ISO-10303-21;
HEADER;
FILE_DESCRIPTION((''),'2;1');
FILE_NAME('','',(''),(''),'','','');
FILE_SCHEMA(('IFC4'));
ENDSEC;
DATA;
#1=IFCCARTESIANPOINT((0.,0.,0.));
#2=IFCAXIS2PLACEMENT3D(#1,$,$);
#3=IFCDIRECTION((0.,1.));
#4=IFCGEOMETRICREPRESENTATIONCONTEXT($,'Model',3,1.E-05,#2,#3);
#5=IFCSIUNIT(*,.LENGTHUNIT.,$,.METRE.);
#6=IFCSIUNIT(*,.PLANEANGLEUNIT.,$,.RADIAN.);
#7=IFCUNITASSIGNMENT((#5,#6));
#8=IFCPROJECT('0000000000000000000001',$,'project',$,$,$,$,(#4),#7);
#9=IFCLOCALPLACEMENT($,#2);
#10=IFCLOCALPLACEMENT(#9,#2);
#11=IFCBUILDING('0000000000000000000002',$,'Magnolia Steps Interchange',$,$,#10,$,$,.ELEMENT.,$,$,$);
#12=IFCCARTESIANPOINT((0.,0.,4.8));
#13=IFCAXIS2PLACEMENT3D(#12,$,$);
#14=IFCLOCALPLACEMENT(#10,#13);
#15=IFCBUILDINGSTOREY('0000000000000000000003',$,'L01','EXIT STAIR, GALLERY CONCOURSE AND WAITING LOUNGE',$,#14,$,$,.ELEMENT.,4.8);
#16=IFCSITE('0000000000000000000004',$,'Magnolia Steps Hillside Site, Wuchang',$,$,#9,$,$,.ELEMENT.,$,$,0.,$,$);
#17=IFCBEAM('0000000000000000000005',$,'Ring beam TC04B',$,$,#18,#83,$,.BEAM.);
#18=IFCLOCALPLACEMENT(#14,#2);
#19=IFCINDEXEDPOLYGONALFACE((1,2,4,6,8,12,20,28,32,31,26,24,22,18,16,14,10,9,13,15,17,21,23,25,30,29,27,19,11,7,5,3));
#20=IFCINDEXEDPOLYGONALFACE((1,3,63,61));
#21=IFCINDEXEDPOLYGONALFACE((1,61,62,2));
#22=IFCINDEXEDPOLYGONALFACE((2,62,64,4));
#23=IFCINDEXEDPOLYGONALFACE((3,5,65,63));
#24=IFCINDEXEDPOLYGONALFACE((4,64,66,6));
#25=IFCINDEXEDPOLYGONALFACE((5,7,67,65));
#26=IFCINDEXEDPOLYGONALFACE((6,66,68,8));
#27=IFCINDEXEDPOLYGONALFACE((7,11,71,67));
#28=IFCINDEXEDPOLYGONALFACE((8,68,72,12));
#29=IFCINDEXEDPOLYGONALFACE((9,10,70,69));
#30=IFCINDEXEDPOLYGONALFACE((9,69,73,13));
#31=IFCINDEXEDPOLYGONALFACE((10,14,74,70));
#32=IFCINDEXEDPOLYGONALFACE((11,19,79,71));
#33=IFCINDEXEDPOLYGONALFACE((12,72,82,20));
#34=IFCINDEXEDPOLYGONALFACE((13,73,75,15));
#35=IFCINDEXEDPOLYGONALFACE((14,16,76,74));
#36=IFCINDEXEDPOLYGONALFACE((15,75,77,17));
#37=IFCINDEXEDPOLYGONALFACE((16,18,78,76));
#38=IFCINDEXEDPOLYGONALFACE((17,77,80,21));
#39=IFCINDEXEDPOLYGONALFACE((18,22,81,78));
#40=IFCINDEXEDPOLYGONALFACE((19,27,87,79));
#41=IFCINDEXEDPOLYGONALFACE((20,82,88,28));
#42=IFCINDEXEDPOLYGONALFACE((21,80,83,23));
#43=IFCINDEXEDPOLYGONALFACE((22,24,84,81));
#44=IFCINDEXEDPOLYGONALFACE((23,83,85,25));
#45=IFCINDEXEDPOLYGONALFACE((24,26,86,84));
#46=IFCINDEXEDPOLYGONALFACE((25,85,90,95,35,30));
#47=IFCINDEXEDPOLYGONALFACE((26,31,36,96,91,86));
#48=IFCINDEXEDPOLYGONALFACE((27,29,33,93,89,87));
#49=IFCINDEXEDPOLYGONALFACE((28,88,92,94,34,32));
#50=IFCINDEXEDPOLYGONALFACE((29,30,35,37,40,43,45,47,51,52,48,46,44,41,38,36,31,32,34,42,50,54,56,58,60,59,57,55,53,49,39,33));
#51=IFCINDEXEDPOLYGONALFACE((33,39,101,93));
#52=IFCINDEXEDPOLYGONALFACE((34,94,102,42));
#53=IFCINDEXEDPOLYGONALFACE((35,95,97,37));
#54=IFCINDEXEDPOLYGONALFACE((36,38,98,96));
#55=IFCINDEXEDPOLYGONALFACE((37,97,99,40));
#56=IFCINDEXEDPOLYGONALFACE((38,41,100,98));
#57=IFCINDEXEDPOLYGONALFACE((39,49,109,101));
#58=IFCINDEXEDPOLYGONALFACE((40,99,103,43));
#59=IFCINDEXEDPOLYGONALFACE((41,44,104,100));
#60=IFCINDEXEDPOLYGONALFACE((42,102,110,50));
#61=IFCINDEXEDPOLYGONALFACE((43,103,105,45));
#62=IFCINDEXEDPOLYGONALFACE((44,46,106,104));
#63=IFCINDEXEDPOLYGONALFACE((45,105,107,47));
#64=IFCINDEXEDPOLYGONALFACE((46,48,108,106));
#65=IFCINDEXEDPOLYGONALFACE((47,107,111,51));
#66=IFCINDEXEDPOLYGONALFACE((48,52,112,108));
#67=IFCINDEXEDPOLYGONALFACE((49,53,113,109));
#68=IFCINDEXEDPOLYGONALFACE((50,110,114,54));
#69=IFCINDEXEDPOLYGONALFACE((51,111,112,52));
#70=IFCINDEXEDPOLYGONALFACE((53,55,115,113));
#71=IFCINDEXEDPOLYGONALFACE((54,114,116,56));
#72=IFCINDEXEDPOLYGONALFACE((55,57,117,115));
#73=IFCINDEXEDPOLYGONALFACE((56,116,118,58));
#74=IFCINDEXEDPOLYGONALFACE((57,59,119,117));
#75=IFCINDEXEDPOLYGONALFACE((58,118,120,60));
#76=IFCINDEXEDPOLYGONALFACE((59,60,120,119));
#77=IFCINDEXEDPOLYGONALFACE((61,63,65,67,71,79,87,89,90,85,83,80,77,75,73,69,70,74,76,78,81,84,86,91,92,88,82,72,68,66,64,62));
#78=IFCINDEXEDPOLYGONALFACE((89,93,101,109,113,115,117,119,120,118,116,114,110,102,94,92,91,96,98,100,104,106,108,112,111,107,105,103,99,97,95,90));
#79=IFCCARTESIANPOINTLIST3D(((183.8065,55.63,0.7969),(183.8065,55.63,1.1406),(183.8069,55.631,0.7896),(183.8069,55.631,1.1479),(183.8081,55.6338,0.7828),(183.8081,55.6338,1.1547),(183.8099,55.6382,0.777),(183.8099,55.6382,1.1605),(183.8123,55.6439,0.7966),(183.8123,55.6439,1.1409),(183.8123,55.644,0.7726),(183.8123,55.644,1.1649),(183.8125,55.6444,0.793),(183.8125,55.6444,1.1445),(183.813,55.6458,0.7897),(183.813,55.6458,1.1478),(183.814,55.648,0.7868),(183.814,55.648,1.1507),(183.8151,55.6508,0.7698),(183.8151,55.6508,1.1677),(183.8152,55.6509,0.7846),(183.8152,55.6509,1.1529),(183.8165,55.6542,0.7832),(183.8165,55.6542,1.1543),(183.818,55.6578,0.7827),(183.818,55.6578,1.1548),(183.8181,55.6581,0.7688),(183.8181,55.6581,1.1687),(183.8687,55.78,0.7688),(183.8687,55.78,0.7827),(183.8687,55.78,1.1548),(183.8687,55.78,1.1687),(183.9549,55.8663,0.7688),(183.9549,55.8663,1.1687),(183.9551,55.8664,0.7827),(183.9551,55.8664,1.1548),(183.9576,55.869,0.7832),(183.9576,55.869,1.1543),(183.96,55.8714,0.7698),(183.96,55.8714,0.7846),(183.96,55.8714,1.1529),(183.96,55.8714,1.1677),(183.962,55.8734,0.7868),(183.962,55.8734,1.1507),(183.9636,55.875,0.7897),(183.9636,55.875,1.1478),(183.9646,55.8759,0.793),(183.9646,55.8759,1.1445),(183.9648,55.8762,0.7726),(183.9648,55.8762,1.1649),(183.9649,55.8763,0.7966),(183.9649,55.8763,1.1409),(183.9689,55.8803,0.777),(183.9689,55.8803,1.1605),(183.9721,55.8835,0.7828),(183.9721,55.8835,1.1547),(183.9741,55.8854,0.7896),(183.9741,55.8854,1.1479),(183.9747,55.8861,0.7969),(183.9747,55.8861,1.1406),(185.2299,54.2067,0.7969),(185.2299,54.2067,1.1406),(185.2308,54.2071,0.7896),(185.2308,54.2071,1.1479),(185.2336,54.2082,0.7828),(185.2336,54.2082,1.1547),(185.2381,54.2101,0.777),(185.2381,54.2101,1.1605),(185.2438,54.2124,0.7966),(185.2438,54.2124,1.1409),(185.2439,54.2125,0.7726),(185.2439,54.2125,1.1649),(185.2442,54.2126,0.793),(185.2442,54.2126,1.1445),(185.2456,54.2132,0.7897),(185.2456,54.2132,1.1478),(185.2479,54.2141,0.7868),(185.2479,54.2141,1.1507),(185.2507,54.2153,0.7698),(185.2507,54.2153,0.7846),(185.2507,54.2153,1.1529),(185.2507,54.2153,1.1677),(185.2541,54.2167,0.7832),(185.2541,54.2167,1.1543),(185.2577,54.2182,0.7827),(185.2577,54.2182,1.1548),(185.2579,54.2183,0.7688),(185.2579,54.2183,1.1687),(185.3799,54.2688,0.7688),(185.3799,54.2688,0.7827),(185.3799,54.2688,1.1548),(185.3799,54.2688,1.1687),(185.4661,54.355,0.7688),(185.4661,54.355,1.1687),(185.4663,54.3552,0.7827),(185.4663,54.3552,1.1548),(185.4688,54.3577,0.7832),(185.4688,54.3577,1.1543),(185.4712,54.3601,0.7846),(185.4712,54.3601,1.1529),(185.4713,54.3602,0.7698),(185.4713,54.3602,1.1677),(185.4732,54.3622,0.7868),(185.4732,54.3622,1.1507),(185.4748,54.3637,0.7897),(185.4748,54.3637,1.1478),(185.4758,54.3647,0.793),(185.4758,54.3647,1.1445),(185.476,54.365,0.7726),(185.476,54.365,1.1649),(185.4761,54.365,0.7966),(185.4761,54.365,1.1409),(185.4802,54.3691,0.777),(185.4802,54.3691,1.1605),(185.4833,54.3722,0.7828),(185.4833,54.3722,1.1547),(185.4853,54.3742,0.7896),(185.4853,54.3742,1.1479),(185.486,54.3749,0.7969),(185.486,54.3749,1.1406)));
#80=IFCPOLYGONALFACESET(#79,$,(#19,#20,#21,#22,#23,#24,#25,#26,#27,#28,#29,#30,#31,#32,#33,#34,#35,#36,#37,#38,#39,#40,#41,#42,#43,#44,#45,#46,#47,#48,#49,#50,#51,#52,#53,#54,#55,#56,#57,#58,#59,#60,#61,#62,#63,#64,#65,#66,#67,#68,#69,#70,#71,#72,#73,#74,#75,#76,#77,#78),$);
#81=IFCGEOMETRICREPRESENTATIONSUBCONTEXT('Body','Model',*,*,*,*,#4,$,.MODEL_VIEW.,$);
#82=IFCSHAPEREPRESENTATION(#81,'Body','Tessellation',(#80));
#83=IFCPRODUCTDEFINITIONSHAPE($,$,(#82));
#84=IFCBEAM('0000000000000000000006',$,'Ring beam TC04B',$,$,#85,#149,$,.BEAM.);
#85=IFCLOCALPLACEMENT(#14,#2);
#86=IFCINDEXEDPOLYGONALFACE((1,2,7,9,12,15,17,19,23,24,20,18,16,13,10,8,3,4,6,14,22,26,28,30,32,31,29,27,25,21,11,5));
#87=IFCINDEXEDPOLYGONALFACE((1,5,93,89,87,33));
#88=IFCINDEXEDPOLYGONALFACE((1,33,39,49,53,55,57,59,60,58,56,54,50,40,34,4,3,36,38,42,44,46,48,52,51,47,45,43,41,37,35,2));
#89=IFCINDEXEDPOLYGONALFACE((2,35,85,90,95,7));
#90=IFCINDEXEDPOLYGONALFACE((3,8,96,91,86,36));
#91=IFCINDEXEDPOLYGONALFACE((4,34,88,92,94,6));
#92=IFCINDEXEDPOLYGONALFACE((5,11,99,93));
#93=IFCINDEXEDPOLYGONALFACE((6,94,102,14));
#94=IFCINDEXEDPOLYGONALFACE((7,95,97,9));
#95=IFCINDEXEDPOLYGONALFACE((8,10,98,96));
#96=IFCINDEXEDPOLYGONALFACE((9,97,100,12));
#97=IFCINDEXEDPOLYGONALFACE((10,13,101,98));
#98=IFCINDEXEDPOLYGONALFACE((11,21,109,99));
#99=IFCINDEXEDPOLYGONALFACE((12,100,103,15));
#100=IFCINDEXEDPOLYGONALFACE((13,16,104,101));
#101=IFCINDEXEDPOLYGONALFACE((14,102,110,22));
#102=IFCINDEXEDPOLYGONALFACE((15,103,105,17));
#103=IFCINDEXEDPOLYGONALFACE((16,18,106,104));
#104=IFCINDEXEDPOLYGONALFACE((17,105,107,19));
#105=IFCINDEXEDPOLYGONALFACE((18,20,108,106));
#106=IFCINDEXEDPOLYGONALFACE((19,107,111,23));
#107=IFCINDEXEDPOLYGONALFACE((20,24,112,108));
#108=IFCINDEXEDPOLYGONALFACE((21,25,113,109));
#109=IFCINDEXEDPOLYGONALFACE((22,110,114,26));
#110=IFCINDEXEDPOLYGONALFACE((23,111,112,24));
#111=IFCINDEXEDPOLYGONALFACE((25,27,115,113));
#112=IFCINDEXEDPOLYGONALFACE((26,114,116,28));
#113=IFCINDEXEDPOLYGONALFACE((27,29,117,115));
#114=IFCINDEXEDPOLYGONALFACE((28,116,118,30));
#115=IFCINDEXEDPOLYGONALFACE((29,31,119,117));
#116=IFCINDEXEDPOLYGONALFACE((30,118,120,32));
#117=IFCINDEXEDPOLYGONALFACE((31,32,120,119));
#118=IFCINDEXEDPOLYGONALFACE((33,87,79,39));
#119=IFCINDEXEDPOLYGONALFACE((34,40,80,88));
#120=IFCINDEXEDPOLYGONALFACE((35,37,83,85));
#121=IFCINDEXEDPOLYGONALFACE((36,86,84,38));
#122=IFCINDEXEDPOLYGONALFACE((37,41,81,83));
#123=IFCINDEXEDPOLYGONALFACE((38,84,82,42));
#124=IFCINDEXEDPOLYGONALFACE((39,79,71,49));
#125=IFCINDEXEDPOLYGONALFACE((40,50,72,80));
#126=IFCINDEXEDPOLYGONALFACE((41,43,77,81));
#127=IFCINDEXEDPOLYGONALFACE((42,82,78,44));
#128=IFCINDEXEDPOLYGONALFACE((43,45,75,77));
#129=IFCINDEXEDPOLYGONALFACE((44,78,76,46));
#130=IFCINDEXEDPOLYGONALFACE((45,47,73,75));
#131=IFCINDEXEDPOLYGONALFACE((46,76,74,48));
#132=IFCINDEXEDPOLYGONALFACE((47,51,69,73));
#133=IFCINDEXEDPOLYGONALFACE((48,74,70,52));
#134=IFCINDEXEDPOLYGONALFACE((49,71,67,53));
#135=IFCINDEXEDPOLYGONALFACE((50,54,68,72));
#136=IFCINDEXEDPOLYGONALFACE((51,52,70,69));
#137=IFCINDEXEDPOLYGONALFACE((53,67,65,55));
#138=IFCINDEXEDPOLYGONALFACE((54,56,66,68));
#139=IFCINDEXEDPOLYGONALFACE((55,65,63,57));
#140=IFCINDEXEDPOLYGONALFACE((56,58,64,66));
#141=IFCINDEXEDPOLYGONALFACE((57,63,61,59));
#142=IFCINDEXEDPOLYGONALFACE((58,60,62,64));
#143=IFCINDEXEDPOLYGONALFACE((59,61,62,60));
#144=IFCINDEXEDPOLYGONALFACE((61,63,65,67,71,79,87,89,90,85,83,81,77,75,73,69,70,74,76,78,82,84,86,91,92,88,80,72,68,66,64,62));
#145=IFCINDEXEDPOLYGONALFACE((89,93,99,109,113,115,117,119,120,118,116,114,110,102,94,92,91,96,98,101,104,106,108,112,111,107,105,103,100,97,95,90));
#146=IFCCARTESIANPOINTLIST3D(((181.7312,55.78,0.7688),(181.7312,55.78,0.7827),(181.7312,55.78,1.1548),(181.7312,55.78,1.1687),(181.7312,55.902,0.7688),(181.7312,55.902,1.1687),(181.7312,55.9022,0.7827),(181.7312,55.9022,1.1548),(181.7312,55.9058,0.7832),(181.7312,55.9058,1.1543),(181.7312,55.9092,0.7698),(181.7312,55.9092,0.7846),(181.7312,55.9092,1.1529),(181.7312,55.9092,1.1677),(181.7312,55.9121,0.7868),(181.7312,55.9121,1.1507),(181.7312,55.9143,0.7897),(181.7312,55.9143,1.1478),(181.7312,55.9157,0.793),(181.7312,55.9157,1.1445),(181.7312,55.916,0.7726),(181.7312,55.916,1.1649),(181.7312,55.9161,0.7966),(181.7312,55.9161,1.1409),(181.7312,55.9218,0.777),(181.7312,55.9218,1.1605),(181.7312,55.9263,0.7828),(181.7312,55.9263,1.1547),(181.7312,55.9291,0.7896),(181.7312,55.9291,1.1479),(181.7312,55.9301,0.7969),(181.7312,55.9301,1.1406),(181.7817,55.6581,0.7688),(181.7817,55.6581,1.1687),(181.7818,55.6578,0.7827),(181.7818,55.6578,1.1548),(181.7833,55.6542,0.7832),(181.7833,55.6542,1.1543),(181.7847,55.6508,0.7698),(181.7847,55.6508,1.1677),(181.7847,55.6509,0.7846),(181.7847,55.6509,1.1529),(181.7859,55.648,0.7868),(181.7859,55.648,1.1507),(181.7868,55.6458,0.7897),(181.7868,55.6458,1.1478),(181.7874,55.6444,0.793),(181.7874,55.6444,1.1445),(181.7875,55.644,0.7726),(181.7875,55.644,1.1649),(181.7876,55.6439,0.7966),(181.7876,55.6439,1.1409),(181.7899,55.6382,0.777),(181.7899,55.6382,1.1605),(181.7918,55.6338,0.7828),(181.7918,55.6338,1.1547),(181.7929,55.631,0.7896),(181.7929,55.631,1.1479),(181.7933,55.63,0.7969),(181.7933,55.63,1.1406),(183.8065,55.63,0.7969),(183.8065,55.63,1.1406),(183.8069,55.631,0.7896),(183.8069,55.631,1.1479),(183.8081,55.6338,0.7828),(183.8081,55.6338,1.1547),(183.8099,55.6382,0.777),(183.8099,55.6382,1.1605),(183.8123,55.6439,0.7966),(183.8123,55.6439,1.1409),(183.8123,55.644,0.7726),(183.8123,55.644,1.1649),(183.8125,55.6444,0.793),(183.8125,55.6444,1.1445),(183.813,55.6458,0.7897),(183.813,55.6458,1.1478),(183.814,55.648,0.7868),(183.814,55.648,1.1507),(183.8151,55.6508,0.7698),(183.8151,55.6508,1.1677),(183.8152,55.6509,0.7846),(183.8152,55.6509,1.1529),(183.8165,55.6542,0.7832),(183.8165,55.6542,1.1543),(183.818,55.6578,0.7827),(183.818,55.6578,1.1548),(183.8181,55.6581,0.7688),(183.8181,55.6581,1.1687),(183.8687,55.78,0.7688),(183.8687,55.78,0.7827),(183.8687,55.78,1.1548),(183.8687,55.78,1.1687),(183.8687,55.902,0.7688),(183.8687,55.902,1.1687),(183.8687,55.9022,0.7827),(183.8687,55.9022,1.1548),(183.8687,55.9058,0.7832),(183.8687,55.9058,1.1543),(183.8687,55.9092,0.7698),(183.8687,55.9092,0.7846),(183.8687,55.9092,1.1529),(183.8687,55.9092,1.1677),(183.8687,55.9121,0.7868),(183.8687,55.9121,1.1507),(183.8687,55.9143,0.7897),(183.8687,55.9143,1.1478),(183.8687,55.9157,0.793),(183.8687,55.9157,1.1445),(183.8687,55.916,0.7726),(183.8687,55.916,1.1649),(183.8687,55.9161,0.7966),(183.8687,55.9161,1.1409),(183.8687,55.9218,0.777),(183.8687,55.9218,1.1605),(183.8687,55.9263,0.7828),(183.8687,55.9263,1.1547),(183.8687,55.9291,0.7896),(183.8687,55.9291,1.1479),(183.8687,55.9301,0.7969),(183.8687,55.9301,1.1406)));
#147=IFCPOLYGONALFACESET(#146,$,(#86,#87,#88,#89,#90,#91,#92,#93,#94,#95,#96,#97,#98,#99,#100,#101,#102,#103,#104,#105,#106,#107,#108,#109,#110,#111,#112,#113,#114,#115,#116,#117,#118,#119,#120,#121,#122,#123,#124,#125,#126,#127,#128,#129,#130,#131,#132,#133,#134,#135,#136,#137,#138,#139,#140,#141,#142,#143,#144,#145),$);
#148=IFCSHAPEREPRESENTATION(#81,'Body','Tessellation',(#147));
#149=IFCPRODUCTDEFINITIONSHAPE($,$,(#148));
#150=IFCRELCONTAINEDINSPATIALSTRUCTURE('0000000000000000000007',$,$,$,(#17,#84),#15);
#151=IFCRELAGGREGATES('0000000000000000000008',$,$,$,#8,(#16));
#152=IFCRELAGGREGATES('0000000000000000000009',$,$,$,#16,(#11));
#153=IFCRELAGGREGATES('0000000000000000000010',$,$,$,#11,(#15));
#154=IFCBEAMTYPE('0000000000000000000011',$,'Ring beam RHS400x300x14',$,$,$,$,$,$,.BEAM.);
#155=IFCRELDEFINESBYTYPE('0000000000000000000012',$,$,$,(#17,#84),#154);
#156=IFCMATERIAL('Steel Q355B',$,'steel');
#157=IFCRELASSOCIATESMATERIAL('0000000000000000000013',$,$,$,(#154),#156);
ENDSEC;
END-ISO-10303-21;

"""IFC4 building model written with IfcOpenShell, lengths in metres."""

from ifc_helpers import new_model, si_unit, direction, frame, origin, origin_2d, place, context, subcontext, project, spatial, hollow_rectangle, extrude, clip, halfspace, material, material_profile, profile_set, type_object, element, save


model = new_model("IFC4")

# Units and contexts
model_context = context("Model", 3, precision=1e-05, world=origin(), true_north=direction((0.0, 1.0)))
body_context = subcontext(model_context, "Body", "Model", "MODEL_VIEW")
ifc_project = project(units=[si_unit("LENGTHUNIT", "METRE"), si_unit("PLANEANGLEUNIT", "RADIAN")], contexts=[model_context])

# Site, building, storey
site_placement = place(None, origin())
site = spatial("IfcSite", under=ifc_project, at=site_placement, Name="Magnolia Steps Hillside Site, Wuchang", CompositionType="ELEMENT", RefElevation=0.0)
building_placement = place(site_placement, origin())
building = spatial("IfcBuilding", under=site, at=building_placement, Name="Magnolia Steps Interchange", CompositionType="ELEMENT")
storey_placement = place(building_placement, frame((0.0, 0.0, 4.8)))
storey = spatial("IfcBuildingStorey", under=building, at=storey_placement, Name="L01", Description="EXIT STAIR, GALLERY CONCOURSE AND WAITING LOUNGE", CompositionType="ELEMENT", Elevation=4.8)

# Beams
ifc_material_1 = material(Name="Steel Q355B", Category="steel")
ifc_material_profile_1 = material_profile(ifc_material_1, hollow_rectangle(XDim=0.3, YDim=0.3999, WallThickness=0.0139, InnerFilletRadius=0.0139, OuterFilletRadius=0.0281, at=origin_2d()), Name="RHS400x300x14")
ifc_profile_set_1 = profile_set([ifc_material_profile_1], Name="Steel Q355B")
beam_type_1 = type_object("IfcBeamType", Name="Ring beam RHS400x300x14", PredefinedType="BEAM", material=ifc_profile_set_1)
beam_1_placement = place(storey_placement, frame((185.3799, 54.2688, 0.9688), z_axis=(-0.707107, 0.707107, 0.0), x_axis=(-0.707107, -0.707107, 0.0)))
element("IfcBeam", 1, at=beam_1_placement, inside=storey, type_object=beam_type_1, Name="Ring beam TC04B", PredefinedType="BEAM", context=body_context, shape_type="Clipping", body=[
    clip(clip(extrude(hollow_rectangle(XDim=0.3, YDim=0.3999, WallThickness=0.0139, InnerFilletRadius=0.0139, OuterFilletRadius=0.0281, at=origin_2d()), origin(), (0.0, 0.0, 1.0), 2.1372), halfspace(frame((0.0, 0.0, 0.0), z_axis=(0.382683, 0.0, -0.92388), x_axis=(0.92388, 0.0, 0.382683)), False)), halfspace(frame((0.0, 0.0, 2.1372), z_axis=(0.382683, 0.0, 0.92388), x_axis=(0.92388, 0.0, -0.382683)), False)),
])
beam_2_placement = place(storey_placement, frame((183.8687, 55.78, 0.9688), z_axis=(-1.0, 0.0, 0.0), x_axis=(0.0, -1.0, 0.0)))
element("IfcBeam", 2, at=beam_2_placement, inside=storey, type_object=beam_type_1, Name="Ring beam TC04B", PredefinedType="BEAM", context=body_context, shape_type="Clipping", body=[
    clip(clip(extrude(hollow_rectangle(XDim=0.3, YDim=0.3999, WallThickness=0.0139, InnerFilletRadius=0.0139, OuterFilletRadius=0.0281, at=origin_2d()), origin(), (0.0, 0.0, 1.0), 2.1375), halfspace(frame((0.0, 0.0, 0.0), z_axis=(0.382683, 0.0, -0.92388), x_axis=(0.92388, 0.0, 0.382683)), False)), halfspace(frame((0.0, 0.0, 2.1375), z_axis=(0.382683, 0.0, 0.92388), x_axis=(0.92388, 0.0, -0.382683)), False)),
])

save(model, "model.ifc")
